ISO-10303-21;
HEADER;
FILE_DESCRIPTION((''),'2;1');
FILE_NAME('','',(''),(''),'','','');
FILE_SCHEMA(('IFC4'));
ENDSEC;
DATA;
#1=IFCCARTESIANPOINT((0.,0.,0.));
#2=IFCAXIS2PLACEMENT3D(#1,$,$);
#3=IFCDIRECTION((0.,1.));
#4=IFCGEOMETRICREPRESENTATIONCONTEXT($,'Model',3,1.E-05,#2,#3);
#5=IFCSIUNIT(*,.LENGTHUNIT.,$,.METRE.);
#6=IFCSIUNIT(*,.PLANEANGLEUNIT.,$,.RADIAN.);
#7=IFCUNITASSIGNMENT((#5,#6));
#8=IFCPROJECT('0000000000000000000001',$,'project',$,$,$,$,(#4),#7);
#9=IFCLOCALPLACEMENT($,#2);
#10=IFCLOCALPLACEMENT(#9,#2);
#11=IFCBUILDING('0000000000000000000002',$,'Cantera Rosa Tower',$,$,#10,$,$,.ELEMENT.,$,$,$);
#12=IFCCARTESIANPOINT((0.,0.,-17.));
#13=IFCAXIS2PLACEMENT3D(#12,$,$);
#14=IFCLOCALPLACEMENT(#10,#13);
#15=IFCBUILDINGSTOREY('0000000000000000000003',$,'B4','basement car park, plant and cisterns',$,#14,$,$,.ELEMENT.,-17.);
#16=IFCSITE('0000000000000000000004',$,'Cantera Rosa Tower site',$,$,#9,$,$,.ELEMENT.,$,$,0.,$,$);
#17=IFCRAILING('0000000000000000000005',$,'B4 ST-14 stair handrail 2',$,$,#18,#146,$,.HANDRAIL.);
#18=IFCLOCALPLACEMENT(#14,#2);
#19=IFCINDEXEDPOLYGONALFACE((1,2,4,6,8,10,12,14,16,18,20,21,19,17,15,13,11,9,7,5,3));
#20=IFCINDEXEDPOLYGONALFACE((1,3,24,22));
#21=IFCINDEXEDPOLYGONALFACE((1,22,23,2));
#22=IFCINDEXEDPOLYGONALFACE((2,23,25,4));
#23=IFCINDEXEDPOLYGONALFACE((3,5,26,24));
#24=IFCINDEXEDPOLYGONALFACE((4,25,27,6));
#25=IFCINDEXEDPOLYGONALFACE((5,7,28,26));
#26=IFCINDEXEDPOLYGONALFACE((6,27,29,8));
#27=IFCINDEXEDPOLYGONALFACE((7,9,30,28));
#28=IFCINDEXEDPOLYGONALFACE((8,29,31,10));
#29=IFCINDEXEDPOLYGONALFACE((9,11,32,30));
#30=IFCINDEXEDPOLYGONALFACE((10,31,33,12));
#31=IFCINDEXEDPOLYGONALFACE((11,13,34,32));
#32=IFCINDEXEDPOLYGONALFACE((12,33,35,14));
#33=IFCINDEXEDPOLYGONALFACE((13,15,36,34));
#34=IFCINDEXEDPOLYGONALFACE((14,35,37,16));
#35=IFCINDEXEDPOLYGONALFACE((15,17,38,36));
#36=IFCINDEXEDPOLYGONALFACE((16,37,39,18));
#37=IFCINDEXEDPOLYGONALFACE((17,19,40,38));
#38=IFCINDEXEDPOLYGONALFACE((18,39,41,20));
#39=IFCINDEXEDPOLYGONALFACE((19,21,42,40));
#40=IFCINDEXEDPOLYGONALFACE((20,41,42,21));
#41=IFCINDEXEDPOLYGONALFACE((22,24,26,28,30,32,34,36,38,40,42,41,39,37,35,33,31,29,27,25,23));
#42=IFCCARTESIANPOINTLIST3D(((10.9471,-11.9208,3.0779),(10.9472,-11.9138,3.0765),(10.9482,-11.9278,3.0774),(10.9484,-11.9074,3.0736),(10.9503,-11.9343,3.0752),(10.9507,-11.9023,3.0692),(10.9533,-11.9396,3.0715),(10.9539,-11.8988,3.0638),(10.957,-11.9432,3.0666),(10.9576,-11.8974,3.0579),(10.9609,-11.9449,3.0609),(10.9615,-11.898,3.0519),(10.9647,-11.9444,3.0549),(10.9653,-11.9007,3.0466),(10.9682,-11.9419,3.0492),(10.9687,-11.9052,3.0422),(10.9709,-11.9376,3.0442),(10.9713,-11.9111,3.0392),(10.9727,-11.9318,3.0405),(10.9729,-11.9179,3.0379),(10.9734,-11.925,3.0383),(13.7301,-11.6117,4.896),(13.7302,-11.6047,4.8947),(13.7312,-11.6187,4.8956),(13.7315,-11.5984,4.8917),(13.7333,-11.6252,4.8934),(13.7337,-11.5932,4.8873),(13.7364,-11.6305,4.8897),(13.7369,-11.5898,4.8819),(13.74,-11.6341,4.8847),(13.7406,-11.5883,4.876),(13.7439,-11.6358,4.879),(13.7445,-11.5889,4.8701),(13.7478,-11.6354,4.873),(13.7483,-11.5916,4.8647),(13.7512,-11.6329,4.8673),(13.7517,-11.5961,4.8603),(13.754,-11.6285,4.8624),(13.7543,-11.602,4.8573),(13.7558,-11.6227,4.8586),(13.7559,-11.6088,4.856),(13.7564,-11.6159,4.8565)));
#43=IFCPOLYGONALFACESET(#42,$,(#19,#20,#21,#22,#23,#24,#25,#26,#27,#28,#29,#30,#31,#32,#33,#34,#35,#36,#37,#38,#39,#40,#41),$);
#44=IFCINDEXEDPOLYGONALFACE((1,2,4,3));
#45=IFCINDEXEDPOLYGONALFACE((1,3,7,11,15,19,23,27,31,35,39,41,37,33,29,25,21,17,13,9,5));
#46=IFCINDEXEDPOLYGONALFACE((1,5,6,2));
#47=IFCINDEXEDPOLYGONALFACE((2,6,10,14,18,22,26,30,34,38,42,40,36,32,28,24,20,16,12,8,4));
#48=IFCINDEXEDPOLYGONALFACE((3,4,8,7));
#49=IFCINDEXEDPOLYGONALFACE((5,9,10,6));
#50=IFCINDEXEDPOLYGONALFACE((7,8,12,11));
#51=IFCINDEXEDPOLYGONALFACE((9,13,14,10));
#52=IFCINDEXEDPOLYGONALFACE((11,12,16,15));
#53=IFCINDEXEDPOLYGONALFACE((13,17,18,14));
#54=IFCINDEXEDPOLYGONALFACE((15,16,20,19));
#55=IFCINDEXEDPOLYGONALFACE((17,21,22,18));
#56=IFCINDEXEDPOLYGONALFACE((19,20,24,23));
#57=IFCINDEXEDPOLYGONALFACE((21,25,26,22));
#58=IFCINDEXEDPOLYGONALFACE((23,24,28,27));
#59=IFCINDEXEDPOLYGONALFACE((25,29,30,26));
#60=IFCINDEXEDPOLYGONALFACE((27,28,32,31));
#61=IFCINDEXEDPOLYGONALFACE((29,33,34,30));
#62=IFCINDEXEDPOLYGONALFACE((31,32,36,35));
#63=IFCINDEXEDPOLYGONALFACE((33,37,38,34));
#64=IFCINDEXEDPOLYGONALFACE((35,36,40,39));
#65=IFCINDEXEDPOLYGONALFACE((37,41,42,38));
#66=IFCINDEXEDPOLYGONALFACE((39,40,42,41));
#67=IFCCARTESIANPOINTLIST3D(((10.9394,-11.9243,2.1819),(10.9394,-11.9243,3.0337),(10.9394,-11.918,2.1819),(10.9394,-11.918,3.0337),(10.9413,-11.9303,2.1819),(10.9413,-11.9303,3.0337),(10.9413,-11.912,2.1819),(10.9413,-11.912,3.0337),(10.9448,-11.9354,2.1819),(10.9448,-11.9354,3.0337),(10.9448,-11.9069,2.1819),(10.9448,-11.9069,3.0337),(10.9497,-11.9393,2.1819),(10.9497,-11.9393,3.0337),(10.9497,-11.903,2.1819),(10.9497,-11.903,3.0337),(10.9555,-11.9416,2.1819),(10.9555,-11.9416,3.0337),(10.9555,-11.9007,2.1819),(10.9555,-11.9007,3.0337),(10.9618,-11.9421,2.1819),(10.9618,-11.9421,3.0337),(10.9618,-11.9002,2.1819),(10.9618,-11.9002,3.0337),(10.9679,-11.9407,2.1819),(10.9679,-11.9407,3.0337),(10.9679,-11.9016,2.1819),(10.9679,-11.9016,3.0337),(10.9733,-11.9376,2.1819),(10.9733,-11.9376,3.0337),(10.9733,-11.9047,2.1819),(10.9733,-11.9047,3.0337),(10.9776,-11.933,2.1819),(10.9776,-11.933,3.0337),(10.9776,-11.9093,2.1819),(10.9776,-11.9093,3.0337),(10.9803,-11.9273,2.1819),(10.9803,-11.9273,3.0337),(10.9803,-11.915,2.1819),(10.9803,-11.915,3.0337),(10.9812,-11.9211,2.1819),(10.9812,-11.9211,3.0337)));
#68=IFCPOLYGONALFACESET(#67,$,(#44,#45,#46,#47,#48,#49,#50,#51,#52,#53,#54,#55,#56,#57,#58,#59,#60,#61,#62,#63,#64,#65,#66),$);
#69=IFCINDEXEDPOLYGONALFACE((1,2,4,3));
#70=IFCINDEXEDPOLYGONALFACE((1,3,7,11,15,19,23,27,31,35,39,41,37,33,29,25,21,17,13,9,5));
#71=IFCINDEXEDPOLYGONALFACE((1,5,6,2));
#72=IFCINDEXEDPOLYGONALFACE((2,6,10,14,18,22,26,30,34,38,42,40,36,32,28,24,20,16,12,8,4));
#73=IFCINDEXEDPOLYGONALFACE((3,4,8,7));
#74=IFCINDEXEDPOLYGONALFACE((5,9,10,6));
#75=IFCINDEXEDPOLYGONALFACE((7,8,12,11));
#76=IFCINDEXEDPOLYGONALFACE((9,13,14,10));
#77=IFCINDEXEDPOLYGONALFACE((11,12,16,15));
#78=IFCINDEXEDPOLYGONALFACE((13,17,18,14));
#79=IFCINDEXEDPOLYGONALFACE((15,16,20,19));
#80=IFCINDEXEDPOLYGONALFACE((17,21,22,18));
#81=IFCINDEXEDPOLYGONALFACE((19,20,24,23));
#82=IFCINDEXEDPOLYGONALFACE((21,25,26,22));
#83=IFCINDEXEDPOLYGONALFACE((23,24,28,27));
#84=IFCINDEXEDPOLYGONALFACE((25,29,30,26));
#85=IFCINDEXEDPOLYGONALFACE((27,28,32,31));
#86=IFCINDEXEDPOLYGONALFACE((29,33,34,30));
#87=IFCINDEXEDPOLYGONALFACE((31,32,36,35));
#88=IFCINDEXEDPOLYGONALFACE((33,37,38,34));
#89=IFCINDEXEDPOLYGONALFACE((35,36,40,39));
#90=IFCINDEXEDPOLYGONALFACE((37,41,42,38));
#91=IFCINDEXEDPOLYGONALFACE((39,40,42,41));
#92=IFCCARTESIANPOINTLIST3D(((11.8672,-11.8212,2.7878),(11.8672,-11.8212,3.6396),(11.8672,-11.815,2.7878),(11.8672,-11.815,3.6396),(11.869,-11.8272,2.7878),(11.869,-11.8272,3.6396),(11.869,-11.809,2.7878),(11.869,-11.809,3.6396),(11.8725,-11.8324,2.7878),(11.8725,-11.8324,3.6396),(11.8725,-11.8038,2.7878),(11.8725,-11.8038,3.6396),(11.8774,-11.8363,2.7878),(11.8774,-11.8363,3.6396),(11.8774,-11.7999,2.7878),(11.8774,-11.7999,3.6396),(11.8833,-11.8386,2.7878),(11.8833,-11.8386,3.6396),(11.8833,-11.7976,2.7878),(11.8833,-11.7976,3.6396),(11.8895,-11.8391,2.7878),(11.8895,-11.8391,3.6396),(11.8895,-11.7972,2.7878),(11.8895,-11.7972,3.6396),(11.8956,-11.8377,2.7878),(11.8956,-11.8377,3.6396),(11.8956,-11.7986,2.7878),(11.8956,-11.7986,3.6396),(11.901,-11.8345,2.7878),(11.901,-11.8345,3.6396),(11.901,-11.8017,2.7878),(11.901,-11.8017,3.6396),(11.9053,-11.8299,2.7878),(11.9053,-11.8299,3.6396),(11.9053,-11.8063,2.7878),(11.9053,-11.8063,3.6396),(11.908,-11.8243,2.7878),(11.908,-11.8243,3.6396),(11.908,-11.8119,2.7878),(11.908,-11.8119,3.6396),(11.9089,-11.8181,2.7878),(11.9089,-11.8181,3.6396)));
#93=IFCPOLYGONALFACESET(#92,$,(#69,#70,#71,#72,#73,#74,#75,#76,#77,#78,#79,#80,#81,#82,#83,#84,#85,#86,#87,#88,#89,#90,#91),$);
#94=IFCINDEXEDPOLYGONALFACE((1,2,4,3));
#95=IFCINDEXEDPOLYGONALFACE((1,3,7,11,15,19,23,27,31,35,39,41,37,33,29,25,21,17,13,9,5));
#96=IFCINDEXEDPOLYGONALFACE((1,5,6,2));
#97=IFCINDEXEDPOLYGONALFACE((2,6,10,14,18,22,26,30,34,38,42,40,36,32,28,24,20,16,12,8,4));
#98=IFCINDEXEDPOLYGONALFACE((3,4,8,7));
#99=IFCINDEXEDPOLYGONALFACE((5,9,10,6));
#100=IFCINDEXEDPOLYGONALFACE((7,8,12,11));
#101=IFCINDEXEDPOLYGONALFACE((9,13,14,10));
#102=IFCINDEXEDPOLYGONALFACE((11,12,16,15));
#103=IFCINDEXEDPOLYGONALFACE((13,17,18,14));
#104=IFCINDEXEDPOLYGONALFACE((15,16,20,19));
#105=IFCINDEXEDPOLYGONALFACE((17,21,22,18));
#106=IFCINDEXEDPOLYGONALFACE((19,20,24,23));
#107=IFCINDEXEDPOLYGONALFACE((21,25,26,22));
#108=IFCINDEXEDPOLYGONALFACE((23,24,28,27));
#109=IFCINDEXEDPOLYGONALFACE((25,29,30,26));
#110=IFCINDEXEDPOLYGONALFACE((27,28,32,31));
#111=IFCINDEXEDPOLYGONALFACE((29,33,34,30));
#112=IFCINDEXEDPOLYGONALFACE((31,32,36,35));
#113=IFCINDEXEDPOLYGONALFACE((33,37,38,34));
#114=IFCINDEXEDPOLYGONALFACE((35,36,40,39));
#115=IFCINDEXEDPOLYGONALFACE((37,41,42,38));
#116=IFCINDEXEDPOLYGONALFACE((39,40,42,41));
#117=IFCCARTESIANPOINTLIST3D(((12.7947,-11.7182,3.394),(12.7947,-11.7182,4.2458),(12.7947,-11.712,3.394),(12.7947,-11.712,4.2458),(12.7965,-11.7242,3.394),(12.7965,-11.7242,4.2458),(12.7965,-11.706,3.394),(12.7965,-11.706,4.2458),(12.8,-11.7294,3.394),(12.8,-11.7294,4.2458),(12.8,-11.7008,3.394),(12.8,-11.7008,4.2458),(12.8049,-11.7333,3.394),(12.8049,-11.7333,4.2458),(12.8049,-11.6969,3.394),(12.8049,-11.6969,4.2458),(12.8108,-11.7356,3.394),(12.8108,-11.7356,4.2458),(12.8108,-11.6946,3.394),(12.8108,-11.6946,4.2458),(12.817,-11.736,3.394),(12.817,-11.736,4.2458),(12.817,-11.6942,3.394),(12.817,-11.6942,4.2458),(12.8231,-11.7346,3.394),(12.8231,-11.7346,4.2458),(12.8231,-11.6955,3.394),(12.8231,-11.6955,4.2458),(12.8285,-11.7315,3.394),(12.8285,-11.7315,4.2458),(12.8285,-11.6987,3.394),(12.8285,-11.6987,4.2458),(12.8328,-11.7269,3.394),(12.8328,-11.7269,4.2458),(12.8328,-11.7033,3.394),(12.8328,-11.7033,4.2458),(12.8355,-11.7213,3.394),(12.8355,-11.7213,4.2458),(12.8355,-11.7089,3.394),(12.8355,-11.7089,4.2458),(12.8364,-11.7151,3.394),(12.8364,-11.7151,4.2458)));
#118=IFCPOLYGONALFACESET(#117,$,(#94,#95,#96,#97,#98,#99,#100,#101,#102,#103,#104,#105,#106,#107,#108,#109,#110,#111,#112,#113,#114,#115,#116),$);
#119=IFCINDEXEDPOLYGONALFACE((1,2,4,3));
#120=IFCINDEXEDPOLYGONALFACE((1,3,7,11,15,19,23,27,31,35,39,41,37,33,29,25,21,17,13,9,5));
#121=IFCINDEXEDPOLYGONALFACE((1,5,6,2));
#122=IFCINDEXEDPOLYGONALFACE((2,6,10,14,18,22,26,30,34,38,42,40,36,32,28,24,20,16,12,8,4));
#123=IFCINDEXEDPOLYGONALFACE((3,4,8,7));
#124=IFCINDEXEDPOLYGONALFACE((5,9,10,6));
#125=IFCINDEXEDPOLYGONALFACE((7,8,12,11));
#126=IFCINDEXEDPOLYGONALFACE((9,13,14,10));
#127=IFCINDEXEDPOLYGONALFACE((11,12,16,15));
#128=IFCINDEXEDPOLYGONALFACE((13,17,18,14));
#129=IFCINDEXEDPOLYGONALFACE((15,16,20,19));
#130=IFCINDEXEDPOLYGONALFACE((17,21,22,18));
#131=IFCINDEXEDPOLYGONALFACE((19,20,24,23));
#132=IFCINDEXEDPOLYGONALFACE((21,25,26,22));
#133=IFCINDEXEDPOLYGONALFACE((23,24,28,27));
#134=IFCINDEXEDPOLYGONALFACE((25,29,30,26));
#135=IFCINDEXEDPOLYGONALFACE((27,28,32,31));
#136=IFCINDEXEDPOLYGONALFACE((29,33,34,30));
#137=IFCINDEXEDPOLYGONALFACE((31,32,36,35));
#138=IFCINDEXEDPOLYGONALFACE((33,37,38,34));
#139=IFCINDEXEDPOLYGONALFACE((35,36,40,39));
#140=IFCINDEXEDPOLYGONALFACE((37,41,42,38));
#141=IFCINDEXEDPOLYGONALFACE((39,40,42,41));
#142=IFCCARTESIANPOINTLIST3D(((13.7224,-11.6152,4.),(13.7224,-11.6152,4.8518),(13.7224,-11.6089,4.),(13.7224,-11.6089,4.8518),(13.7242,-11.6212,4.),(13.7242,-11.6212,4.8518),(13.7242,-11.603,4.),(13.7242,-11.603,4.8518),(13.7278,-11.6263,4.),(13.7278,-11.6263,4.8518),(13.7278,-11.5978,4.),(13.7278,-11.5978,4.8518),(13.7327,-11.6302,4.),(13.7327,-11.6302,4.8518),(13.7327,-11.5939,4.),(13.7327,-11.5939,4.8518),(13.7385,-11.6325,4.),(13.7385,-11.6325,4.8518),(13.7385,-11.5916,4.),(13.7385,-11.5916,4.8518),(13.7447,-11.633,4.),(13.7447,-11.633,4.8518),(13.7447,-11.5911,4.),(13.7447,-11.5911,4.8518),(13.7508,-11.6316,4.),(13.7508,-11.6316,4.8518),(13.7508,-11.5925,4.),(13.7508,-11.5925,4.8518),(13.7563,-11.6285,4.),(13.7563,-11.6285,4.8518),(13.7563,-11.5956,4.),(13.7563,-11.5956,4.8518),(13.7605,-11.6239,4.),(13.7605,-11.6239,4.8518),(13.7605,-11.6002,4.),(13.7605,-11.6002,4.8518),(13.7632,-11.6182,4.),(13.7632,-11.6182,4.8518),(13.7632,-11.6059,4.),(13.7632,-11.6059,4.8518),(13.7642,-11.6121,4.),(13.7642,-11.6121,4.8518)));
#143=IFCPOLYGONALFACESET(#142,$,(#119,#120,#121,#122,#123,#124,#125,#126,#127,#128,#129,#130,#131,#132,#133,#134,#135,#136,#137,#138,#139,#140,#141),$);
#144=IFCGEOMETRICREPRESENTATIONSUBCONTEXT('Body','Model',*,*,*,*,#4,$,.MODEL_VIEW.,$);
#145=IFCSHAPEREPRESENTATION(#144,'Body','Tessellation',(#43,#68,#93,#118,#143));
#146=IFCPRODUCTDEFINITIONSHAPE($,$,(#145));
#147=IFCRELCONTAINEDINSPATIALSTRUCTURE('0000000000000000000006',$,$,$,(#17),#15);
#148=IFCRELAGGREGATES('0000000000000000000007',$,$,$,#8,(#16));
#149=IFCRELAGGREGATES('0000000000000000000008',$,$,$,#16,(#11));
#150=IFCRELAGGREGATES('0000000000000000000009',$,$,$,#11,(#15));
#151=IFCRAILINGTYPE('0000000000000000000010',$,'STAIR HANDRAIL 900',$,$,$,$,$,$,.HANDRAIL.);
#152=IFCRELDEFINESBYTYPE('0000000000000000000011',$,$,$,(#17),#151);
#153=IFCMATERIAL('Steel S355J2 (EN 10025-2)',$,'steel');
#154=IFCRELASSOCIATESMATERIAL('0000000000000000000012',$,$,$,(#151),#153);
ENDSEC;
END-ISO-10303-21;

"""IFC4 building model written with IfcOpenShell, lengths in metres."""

from ifc_helpers import new_model, si_unit, direction, frame, origin, origin_2d, place, context, subcontext, project, spatial, circle, extrude, material, type_object, element, save


model = new_model("IFC4")

# Units and contexts
model_context = context("Model", 3, precision=1e-05, world=origin(), true_north=direction((0.0, 1.0)))
body_context = subcontext(model_context, "Body", "Model", "MODEL_VIEW")
ifc_project = project(units=[si_unit("LENGTHUNIT", "METRE"), si_unit("PLANEANGLEUNIT", "RADIAN")], contexts=[model_context])

# Site, building, storey
site_placement = place(None, origin())
site = spatial("IfcSite", under=ifc_project, at=site_placement, Name="Cantera Rosa Tower site", CompositionType="ELEMENT", RefElevation=0.0)
building_placement = place(site_placement, origin())
building = spatial("IfcBuilding", under=site, at=building_placement, Name="Cantera Rosa Tower", CompositionType="ELEMENT")
storey_placement = place(building_placement, frame((0.0, 0.0, -17.0)))
storey = spatial("IfcBuildingStorey", under=building, at=storey_placement, Name="B4", Description="basement car park, plant and cisterns", CompositionType="ELEMENT", Elevation=-17.0)

# Railing
ifc_material_1 = material(Name="Steel S355J2 (EN 10025-2)", Category="steel")
railing_type_1 = type_object("IfcRailingType", Name="STAIR HANDRAIL 900", PredefinedType="HANDRAIL", material=ifc_material_1)
railing_1_placement = place(storey_placement, frame((10.9602, -11.9211, 2.1819)))
element("IfcRailing", 1, at=railing_1_placement, inside=storey, type_object=railing_type_1, Name="B4 ST-14 stair handrail 2", PredefinedType="HANDRAIL", context=body_context, shape_type="SweptSolid", body=[
    extrude(circle(Radius=0.0239, at=origin_2d()), frame((0.0, 0.0, 0.876), z_axis=(0.833582, 0.09258, 0.544582), x_axis=(-0.110384, 0.993889, 0.0)), (0.0, 0.0, 1.0), 3.3386),
    extrude(circle(Radius=0.021, at=origin_2d()), origin(), (0.0, 0.0, 1.0), 0.8518),
    extrude(circle(Radius=0.021, at=origin_2d()), frame((0.9277, 0.103, 0.606)), (0.0, 0.0, 1.0), 0.8518),
    extrude(circle(Radius=0.021, at=origin_2d()), frame((1.8552, 0.2061, 1.2122)), (0.0, 0.0, 1.0), 0.8518),
    extrude(circle(Radius=0.021, at=origin_2d()), frame((2.783, 0.3091, 1.8181)), (0.0, 0.0, 1.0), 0.8518),
])

save(model, "model.ifc")
